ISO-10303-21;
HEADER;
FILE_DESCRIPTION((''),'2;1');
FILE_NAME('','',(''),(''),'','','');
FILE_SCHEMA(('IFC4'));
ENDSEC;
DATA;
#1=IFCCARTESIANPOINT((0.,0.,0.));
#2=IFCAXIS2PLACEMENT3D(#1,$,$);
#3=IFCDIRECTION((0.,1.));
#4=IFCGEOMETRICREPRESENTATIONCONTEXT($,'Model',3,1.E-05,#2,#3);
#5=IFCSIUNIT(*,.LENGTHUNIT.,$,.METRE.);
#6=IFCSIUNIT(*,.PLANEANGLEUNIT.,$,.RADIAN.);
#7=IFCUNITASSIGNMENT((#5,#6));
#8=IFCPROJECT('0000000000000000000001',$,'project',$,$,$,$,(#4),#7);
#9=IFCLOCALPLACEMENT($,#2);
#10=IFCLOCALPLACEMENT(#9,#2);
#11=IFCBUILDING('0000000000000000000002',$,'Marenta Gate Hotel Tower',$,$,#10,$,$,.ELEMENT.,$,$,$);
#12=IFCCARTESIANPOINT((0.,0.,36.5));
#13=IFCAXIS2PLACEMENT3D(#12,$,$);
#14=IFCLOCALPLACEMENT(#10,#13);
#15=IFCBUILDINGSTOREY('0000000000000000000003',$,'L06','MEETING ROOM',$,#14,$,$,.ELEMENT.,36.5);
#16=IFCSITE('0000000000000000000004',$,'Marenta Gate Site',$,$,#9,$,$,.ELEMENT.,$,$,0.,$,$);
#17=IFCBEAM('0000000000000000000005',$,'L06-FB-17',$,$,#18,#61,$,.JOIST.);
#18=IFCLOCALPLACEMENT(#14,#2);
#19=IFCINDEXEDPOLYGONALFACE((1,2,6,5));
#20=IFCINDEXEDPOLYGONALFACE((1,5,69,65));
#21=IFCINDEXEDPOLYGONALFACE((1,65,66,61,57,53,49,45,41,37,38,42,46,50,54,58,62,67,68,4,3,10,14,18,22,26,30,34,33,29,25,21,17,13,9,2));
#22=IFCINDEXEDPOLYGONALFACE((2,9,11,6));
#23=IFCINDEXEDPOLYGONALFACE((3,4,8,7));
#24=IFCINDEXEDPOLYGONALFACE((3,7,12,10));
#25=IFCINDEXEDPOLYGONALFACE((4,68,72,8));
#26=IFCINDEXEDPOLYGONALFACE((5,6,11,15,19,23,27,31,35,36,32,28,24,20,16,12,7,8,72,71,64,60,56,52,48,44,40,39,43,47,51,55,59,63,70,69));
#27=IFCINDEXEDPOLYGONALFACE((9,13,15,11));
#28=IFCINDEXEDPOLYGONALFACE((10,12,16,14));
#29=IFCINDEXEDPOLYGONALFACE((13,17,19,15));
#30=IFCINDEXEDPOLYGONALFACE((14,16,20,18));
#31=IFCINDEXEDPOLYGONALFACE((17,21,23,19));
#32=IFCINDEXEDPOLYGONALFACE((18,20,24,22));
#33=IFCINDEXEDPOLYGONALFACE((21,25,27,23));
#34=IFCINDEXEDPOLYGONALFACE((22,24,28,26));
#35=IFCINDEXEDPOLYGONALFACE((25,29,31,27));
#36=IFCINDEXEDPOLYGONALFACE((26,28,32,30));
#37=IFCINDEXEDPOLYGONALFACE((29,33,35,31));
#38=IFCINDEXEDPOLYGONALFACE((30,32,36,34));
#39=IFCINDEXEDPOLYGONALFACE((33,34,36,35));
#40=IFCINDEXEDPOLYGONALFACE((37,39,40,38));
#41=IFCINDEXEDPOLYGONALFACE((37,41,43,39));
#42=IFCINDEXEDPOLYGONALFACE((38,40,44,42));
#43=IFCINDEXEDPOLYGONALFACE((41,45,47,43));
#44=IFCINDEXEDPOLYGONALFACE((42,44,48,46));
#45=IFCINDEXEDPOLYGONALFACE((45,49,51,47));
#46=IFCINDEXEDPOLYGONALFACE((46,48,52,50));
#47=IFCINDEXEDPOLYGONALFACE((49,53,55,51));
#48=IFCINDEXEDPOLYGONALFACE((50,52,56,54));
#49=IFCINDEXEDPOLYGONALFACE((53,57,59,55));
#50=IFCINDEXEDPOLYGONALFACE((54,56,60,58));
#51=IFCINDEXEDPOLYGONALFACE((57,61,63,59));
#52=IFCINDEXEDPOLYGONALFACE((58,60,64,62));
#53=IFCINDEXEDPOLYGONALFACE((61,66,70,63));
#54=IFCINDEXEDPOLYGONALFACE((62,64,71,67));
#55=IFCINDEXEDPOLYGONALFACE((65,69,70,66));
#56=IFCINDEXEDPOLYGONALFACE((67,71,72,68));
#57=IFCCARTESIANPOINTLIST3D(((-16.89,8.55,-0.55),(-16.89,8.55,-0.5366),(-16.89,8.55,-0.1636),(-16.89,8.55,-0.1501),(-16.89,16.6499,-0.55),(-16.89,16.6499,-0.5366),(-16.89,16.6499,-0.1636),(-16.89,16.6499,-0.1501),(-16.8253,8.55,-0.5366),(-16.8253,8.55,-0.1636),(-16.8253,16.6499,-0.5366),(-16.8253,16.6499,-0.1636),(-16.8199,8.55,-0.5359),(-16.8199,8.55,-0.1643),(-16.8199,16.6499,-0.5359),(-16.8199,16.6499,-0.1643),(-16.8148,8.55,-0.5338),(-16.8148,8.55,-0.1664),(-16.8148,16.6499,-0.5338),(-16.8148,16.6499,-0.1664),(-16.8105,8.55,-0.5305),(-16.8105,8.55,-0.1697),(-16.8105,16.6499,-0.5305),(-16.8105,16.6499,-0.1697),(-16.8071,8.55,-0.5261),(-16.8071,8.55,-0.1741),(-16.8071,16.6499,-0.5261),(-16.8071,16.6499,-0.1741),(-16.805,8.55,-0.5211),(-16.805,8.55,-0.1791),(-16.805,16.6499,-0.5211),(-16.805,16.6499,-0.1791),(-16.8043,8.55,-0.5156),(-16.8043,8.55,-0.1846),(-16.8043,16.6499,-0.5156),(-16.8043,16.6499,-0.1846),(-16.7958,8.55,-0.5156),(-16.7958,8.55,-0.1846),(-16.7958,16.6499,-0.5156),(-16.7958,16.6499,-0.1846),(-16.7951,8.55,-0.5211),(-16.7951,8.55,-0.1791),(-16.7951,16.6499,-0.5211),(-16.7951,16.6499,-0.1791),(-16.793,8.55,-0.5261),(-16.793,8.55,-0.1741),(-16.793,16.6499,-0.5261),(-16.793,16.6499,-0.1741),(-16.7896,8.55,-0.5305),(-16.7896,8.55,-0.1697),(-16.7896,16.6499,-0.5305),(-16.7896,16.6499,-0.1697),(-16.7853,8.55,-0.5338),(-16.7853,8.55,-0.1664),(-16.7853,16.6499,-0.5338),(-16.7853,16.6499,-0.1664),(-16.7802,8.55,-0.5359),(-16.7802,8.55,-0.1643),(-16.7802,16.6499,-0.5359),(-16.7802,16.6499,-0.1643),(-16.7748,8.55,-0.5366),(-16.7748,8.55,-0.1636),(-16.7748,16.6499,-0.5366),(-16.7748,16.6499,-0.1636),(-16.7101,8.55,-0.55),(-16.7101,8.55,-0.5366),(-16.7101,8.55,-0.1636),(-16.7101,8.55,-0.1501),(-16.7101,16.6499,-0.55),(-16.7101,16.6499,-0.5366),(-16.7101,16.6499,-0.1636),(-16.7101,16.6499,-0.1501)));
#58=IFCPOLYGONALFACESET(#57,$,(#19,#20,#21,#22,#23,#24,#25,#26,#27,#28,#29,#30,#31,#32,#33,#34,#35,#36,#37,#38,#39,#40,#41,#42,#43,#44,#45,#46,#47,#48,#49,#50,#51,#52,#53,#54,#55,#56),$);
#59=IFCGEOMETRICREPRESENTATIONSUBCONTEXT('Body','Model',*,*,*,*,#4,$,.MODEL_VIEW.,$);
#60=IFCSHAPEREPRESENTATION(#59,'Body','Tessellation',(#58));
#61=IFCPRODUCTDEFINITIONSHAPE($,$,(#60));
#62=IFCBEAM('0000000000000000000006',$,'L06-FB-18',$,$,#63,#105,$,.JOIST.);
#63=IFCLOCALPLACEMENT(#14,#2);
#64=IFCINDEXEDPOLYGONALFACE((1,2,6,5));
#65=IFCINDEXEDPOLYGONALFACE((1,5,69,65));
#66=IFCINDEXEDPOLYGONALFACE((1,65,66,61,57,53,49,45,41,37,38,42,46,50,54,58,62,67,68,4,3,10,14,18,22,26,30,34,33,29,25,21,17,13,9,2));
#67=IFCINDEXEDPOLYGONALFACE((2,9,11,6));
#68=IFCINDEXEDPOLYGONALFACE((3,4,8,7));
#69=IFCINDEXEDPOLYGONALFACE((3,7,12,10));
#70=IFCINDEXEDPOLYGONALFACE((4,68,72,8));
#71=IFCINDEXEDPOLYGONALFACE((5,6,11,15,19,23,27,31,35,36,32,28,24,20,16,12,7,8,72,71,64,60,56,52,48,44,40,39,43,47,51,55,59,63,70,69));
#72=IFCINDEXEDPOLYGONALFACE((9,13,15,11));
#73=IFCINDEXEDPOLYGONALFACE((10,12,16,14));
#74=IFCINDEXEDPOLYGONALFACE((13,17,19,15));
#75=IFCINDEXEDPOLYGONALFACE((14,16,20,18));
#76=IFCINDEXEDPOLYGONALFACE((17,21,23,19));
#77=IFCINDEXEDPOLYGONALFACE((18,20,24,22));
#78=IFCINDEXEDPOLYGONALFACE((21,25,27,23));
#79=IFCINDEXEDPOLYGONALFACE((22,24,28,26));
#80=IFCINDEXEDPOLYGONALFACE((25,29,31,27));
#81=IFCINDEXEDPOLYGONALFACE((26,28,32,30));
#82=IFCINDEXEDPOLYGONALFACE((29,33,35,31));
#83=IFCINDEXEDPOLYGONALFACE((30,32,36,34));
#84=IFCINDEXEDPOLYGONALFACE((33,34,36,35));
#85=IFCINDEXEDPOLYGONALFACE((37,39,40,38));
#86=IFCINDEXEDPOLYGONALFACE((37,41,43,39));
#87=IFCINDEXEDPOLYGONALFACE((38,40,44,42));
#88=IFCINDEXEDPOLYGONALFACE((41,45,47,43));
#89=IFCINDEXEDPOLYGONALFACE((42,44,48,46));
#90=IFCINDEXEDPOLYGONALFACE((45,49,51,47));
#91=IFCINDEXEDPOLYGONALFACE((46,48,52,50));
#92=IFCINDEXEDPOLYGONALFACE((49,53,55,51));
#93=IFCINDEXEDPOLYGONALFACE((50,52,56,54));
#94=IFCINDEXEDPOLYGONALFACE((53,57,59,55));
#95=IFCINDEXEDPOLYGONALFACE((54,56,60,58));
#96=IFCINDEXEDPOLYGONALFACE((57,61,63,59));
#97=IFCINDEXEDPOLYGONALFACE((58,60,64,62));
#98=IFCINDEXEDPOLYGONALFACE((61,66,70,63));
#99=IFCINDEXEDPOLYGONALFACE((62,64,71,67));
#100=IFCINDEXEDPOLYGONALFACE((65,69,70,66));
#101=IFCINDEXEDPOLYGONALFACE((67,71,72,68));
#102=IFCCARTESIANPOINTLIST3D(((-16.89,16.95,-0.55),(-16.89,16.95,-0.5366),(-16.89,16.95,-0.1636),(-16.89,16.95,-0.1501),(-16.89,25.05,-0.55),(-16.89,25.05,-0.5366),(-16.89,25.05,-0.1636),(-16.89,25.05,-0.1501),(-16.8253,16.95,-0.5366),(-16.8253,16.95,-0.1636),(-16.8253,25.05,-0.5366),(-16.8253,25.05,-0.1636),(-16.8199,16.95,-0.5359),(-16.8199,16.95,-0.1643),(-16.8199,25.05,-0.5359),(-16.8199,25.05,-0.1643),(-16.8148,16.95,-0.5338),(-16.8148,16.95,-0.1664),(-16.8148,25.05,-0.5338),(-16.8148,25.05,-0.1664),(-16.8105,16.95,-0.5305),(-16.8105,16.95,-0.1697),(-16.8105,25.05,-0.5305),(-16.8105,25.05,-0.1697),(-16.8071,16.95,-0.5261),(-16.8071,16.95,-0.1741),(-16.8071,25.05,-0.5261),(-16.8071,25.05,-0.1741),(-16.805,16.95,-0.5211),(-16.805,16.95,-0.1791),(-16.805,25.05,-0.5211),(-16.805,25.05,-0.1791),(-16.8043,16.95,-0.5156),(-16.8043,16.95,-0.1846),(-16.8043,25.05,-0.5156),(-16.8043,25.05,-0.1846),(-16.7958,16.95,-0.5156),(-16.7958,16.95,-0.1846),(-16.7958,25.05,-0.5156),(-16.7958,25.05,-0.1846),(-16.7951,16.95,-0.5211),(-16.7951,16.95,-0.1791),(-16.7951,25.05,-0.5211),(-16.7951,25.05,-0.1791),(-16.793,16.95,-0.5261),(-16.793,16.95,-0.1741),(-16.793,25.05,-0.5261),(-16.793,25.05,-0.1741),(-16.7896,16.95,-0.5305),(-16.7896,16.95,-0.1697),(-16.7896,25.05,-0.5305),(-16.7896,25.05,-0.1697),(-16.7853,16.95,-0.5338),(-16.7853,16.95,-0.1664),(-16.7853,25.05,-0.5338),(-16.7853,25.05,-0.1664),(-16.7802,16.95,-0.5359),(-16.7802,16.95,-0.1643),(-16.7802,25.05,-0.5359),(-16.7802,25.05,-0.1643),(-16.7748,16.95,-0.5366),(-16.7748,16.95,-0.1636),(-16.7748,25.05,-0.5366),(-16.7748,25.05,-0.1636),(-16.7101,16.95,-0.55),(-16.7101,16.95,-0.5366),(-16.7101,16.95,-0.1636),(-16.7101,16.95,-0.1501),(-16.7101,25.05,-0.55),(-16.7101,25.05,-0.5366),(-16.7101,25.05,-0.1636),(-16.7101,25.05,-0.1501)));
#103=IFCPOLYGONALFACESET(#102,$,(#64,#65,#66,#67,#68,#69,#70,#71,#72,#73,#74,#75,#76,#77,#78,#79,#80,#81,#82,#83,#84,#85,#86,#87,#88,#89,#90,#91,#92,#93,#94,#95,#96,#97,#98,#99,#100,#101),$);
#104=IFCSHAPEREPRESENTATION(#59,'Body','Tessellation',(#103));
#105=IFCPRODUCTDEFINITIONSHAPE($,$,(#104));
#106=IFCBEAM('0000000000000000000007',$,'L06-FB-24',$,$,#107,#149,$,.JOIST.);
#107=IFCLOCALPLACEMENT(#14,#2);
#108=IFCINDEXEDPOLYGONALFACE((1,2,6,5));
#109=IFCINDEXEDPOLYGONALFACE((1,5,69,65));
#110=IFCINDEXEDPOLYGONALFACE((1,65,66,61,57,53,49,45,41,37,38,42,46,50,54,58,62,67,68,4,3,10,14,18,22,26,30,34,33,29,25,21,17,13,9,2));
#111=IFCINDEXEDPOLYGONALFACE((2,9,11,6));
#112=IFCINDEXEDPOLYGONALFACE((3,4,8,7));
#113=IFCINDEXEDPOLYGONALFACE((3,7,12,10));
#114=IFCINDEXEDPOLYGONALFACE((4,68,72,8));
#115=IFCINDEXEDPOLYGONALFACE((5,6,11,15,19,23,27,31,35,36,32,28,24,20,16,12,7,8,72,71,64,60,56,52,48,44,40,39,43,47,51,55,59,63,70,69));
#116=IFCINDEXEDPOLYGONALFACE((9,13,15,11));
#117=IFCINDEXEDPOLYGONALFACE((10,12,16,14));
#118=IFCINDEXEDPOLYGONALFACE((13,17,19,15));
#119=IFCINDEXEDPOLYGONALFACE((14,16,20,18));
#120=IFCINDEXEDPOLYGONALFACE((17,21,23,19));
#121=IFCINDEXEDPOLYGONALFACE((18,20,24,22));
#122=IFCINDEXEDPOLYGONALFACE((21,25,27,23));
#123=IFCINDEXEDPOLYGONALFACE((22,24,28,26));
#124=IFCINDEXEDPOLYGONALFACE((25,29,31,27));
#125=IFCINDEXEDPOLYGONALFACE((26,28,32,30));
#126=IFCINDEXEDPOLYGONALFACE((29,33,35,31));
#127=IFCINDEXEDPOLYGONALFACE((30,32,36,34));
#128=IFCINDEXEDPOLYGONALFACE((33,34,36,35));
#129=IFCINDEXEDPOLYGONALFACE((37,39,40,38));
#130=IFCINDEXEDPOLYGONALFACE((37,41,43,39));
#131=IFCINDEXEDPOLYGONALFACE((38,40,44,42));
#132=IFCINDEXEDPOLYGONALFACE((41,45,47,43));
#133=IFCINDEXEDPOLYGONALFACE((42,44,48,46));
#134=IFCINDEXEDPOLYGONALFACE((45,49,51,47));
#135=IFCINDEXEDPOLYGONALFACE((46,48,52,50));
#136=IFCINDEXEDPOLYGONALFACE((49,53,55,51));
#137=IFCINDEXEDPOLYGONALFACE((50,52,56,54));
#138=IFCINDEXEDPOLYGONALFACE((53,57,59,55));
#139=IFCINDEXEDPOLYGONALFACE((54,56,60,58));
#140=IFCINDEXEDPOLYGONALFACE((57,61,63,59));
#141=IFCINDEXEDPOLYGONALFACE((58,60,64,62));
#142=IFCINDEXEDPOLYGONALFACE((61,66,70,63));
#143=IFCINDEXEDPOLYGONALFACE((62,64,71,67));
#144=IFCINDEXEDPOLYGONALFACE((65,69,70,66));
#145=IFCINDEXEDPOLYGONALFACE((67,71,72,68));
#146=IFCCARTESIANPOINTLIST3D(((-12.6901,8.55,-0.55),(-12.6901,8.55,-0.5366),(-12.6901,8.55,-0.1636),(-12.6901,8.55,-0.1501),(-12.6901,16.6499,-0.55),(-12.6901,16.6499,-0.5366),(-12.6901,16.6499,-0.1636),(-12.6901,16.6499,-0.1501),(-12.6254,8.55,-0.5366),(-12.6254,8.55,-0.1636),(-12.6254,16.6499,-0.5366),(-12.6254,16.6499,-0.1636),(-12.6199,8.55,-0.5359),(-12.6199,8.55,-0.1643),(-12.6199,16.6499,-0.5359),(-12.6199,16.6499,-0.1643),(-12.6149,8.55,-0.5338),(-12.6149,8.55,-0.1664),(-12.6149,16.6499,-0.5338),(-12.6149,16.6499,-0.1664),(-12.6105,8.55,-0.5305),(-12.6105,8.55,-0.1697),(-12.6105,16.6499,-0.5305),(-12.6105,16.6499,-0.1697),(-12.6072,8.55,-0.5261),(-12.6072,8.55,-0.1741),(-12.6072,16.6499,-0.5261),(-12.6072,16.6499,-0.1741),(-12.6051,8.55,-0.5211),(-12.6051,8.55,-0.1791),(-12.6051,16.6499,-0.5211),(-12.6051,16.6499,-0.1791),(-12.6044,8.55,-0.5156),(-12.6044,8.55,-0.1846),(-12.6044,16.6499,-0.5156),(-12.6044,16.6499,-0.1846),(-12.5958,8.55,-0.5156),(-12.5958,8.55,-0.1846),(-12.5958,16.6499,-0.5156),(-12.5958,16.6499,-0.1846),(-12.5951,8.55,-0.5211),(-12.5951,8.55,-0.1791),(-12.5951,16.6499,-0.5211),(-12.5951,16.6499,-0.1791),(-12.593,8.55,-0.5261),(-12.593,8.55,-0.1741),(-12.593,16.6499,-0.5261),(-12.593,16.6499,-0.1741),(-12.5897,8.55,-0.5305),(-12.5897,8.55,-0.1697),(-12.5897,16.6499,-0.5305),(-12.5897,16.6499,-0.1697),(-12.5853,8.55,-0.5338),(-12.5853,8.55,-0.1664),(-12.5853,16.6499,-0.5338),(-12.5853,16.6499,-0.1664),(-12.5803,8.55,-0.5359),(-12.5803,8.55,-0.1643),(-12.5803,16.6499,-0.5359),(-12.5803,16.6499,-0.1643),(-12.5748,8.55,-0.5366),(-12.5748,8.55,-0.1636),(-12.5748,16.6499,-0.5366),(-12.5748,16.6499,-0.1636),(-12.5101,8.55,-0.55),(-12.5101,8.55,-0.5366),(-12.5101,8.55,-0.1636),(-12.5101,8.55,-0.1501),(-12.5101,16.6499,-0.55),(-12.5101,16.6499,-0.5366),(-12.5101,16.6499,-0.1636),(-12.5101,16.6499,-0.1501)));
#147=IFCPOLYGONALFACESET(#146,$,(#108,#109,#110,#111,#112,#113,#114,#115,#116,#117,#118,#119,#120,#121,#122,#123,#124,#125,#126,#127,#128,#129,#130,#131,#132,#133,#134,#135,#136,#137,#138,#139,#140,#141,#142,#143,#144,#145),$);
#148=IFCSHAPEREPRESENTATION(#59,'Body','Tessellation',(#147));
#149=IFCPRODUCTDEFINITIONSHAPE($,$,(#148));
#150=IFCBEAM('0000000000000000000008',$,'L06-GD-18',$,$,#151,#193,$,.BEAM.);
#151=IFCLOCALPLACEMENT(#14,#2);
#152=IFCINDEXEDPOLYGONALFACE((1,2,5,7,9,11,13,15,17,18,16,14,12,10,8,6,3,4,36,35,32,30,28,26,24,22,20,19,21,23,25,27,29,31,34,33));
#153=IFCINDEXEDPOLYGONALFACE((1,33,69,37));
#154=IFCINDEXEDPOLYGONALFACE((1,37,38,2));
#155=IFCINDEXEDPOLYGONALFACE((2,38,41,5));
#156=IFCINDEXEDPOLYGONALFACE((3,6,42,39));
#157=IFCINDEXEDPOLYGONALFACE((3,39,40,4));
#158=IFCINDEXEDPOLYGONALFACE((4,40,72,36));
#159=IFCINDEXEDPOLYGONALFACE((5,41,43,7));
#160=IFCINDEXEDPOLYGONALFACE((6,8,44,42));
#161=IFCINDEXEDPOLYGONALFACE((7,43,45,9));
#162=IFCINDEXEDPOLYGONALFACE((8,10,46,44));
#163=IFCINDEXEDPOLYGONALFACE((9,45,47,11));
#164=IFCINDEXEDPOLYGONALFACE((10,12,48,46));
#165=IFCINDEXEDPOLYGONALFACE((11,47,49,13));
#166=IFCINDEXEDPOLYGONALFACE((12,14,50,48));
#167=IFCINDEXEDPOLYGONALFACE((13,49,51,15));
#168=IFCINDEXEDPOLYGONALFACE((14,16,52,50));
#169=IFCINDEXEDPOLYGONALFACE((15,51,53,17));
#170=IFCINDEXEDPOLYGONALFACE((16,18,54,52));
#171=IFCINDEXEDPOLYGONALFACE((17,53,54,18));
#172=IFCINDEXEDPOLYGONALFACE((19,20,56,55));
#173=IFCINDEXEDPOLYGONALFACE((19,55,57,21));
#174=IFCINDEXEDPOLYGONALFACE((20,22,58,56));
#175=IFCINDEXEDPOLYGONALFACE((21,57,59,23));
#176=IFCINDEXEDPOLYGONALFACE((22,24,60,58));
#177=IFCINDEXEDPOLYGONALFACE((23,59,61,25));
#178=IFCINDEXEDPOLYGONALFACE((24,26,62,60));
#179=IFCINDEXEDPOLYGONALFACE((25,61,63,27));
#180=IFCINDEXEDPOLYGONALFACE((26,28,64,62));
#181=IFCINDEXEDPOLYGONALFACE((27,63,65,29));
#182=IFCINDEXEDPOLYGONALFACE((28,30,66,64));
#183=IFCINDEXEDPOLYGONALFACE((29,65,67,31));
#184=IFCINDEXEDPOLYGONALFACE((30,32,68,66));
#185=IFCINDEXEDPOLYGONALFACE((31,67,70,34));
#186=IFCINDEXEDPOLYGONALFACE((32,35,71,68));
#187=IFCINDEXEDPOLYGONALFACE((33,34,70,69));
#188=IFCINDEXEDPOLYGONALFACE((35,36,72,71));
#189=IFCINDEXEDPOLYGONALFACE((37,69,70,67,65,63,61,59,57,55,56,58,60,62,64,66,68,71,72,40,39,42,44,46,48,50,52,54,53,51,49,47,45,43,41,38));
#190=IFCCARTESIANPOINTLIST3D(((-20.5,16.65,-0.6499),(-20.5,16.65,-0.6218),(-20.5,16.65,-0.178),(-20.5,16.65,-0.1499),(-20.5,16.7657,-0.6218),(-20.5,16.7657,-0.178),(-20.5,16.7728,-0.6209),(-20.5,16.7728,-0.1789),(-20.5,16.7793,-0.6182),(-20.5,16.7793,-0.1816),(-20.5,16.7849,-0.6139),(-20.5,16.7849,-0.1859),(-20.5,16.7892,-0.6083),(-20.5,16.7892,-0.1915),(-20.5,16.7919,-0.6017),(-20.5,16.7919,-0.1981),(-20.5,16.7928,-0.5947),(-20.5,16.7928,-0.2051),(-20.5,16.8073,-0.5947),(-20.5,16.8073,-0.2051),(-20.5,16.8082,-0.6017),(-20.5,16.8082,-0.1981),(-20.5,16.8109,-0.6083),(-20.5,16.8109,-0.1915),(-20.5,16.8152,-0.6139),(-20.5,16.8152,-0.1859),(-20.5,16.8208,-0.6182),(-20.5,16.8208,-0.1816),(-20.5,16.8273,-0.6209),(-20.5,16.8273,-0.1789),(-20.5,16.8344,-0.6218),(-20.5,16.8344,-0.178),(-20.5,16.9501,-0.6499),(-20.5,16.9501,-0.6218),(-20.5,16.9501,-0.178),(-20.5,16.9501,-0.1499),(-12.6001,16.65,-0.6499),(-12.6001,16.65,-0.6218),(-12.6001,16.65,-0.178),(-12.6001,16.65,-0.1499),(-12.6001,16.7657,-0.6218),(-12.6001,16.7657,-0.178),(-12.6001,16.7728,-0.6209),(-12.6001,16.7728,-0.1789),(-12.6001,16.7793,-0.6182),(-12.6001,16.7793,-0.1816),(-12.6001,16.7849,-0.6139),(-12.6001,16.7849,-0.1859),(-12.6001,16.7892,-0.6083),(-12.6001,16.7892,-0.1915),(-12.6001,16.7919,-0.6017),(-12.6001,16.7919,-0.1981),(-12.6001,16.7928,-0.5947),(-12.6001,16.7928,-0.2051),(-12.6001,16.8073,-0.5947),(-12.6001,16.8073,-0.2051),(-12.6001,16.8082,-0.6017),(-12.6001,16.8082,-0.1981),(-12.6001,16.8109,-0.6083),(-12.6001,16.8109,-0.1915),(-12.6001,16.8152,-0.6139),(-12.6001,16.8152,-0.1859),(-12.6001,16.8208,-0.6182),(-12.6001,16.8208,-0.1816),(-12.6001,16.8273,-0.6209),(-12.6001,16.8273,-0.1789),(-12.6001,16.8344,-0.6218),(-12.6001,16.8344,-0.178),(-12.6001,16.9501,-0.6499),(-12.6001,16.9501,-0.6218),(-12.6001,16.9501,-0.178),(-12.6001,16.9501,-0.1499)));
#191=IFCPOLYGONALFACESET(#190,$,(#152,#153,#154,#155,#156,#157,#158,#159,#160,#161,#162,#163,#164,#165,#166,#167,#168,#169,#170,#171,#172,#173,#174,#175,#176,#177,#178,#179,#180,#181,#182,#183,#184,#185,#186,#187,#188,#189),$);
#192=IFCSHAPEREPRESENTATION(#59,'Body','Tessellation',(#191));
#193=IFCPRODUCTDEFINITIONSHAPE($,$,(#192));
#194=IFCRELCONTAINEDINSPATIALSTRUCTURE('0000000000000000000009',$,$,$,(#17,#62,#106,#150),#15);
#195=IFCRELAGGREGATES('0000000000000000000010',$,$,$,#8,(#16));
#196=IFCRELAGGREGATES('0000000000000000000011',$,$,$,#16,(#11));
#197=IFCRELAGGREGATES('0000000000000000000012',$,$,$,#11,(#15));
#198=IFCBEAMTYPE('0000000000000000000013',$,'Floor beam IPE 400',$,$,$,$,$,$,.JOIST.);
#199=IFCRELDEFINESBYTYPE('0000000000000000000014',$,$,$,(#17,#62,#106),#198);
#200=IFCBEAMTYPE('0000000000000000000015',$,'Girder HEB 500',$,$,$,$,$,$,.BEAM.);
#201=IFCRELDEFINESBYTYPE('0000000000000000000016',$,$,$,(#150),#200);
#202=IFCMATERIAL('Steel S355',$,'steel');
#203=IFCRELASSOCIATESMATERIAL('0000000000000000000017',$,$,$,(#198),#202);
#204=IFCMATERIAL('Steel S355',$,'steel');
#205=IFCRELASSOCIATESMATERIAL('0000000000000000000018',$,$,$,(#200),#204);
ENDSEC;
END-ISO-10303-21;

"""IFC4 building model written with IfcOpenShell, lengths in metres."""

from ifc_helpers import new_model, si_unit, direction, frame, origin, origin_2d, place, context, subcontext, project, spatial, i_section, extrude, material, material_profile, profile_set, type_object, element, save


model = new_model("IFC4")

# Units and contexts
model_context = context("Model", 3, precision=1e-05, world=origin(), true_north=direction((0.0, 1.0)))
body_context = subcontext(model_context, "Body", "Model", "MODEL_VIEW")
ifc_project = project(units=[si_unit("LENGTHUNIT", "METRE"), si_unit("PLANEANGLEUNIT", "RADIAN")], contexts=[model_context])

# Site, building, storey
site_placement = place(None, origin())
site = spatial("IfcSite", under=ifc_project, at=site_placement, Name="Marenta Gate Site", CompositionType="ELEMENT", RefElevation=0.0)
building_placement = place(site_placement, origin())
building = spatial("IfcBuilding", under=site, at=building_placement, Name="Marenta Gate Hotel Tower", CompositionType="ELEMENT")
storey_placement = place(building_placement, frame((0.0, 0.0, 36.5)))
storey = spatial("IfcBuildingStorey", under=building, at=storey_placement, Name="L06", Description="MEETING ROOM", CompositionType="ELEMENT", Elevation=36.5)

# Beams
ifc_material_1 = material(Name="Steel S355", Category="steel")
ifc_material_profile_1 = material_profile(ifc_material_1, i_section(OverallWidth=0.1799, OverallDepth=0.3999, WebThickness=0.0085, FlangeThickness=0.0134, FilletRadius=0.021, at=origin_2d()), Name="IPE 400")
ifc_profile_set_1 = profile_set([ifc_material_profile_1], Name="Steel S355")
beam_type_1 = type_object("IfcBeamType", Name="Floor beam IPE 400", PredefinedType="JOIST", material=ifc_profile_set_1)
beam_1_placement = place(storey_placement, frame((-16.8, 8.55, -0.3501), z_axis=(0.0, 1.0, 0.0), x_axis=(-1.0, 0.0, 0.0)))
element("IfcBeam", 1, at=beam_1_placement, inside=storey, type_object=beam_type_1, Name="L06-FB-17", PredefinedType="JOIST", context=body_context, shape_type="SweptSolid", body=[
    extrude(i_section(OverallWidth=0.1799, OverallDepth=0.3999, WebThickness=0.0085, FlangeThickness=0.0134, FilletRadius=0.021, at=origin_2d()), origin(), (0.0, 0.0, 1.0), 8.0999),
])
beam_2_placement = place(storey_placement, frame((-16.8, 16.95, -0.3501), z_axis=(0.0, 1.0, 0.0), x_axis=(-1.0, 0.0, 0.0)))
element("IfcBeam", 2, at=beam_2_placement, inside=storey, type_object=beam_type_1, Name="L06-FB-18", PredefinedType="JOIST", context=body_context, shape_type="SweptSolid", body=[
    extrude(i_section(OverallWidth=0.1799, OverallDepth=0.3999, WebThickness=0.0085, FlangeThickness=0.0134, FilletRadius=0.021, at=origin_2d()), origin(), (0.0, 0.0, 1.0), 8.1001),
])
beam_3_placement = place(storey_placement, frame((-12.6001, 8.55, -0.3501), z_axis=(0.0, 1.0, 0.0), x_axis=(-1.0, 0.0, 0.0)))
element("IfcBeam", 3, at=beam_3_placement, inside=storey, type_object=beam_type_1, Name="L06-FB-24", PredefinedType="JOIST", context=body_context, shape_type="SweptSolid", body=[
    extrude(i_section(OverallWidth=0.1799, OverallDepth=0.3999, WebThickness=0.0085, FlangeThickness=0.0134, FilletRadius=0.021, at=origin_2d()), origin(), (0.0, 0.0, 1.0), 8.0999),
])
ifc_material_2 = material(Name="Steel S355", Category="steel")
ifc_material_profile_2 = material_profile(ifc_material_2, i_section(OverallWidth=0.3, OverallDepth=0.5, WebThickness=0.0144, FlangeThickness=0.0281, FilletRadius=0.0271, at=origin_2d()), Name="HEB 500")
ifc_profile_set_2 = profile_set([ifc_material_profile_2], Name="Steel S355")
beam_type_2 = type_object("IfcBeamType", Name="Girder HEB 500", PredefinedType="BEAM", material=ifc_profile_set_2)
beam_4_placement = place(storey_placement, frame((-20.5, 16.8, -0.3999), z_axis=(1.0, 0.0, 0.0), x_axis=(0.0, 1.0, 0.0)))
element("IfcBeam", 4, at=beam_4_placement, inside=storey, type_object=beam_type_2, Name="L06-GD-18", PredefinedType="BEAM", context=body_context, shape_type="SweptSolid", body=[
    extrude(i_section(OverallWidth=0.3, OverallDepth=0.5, WebThickness=0.0144, FlangeThickness=0.0281, FilletRadius=0.0271, at=origin_2d()), origin(), (0.0, 0.0, 1.0), 7.8999),
])

save(model, "model.ifc")
